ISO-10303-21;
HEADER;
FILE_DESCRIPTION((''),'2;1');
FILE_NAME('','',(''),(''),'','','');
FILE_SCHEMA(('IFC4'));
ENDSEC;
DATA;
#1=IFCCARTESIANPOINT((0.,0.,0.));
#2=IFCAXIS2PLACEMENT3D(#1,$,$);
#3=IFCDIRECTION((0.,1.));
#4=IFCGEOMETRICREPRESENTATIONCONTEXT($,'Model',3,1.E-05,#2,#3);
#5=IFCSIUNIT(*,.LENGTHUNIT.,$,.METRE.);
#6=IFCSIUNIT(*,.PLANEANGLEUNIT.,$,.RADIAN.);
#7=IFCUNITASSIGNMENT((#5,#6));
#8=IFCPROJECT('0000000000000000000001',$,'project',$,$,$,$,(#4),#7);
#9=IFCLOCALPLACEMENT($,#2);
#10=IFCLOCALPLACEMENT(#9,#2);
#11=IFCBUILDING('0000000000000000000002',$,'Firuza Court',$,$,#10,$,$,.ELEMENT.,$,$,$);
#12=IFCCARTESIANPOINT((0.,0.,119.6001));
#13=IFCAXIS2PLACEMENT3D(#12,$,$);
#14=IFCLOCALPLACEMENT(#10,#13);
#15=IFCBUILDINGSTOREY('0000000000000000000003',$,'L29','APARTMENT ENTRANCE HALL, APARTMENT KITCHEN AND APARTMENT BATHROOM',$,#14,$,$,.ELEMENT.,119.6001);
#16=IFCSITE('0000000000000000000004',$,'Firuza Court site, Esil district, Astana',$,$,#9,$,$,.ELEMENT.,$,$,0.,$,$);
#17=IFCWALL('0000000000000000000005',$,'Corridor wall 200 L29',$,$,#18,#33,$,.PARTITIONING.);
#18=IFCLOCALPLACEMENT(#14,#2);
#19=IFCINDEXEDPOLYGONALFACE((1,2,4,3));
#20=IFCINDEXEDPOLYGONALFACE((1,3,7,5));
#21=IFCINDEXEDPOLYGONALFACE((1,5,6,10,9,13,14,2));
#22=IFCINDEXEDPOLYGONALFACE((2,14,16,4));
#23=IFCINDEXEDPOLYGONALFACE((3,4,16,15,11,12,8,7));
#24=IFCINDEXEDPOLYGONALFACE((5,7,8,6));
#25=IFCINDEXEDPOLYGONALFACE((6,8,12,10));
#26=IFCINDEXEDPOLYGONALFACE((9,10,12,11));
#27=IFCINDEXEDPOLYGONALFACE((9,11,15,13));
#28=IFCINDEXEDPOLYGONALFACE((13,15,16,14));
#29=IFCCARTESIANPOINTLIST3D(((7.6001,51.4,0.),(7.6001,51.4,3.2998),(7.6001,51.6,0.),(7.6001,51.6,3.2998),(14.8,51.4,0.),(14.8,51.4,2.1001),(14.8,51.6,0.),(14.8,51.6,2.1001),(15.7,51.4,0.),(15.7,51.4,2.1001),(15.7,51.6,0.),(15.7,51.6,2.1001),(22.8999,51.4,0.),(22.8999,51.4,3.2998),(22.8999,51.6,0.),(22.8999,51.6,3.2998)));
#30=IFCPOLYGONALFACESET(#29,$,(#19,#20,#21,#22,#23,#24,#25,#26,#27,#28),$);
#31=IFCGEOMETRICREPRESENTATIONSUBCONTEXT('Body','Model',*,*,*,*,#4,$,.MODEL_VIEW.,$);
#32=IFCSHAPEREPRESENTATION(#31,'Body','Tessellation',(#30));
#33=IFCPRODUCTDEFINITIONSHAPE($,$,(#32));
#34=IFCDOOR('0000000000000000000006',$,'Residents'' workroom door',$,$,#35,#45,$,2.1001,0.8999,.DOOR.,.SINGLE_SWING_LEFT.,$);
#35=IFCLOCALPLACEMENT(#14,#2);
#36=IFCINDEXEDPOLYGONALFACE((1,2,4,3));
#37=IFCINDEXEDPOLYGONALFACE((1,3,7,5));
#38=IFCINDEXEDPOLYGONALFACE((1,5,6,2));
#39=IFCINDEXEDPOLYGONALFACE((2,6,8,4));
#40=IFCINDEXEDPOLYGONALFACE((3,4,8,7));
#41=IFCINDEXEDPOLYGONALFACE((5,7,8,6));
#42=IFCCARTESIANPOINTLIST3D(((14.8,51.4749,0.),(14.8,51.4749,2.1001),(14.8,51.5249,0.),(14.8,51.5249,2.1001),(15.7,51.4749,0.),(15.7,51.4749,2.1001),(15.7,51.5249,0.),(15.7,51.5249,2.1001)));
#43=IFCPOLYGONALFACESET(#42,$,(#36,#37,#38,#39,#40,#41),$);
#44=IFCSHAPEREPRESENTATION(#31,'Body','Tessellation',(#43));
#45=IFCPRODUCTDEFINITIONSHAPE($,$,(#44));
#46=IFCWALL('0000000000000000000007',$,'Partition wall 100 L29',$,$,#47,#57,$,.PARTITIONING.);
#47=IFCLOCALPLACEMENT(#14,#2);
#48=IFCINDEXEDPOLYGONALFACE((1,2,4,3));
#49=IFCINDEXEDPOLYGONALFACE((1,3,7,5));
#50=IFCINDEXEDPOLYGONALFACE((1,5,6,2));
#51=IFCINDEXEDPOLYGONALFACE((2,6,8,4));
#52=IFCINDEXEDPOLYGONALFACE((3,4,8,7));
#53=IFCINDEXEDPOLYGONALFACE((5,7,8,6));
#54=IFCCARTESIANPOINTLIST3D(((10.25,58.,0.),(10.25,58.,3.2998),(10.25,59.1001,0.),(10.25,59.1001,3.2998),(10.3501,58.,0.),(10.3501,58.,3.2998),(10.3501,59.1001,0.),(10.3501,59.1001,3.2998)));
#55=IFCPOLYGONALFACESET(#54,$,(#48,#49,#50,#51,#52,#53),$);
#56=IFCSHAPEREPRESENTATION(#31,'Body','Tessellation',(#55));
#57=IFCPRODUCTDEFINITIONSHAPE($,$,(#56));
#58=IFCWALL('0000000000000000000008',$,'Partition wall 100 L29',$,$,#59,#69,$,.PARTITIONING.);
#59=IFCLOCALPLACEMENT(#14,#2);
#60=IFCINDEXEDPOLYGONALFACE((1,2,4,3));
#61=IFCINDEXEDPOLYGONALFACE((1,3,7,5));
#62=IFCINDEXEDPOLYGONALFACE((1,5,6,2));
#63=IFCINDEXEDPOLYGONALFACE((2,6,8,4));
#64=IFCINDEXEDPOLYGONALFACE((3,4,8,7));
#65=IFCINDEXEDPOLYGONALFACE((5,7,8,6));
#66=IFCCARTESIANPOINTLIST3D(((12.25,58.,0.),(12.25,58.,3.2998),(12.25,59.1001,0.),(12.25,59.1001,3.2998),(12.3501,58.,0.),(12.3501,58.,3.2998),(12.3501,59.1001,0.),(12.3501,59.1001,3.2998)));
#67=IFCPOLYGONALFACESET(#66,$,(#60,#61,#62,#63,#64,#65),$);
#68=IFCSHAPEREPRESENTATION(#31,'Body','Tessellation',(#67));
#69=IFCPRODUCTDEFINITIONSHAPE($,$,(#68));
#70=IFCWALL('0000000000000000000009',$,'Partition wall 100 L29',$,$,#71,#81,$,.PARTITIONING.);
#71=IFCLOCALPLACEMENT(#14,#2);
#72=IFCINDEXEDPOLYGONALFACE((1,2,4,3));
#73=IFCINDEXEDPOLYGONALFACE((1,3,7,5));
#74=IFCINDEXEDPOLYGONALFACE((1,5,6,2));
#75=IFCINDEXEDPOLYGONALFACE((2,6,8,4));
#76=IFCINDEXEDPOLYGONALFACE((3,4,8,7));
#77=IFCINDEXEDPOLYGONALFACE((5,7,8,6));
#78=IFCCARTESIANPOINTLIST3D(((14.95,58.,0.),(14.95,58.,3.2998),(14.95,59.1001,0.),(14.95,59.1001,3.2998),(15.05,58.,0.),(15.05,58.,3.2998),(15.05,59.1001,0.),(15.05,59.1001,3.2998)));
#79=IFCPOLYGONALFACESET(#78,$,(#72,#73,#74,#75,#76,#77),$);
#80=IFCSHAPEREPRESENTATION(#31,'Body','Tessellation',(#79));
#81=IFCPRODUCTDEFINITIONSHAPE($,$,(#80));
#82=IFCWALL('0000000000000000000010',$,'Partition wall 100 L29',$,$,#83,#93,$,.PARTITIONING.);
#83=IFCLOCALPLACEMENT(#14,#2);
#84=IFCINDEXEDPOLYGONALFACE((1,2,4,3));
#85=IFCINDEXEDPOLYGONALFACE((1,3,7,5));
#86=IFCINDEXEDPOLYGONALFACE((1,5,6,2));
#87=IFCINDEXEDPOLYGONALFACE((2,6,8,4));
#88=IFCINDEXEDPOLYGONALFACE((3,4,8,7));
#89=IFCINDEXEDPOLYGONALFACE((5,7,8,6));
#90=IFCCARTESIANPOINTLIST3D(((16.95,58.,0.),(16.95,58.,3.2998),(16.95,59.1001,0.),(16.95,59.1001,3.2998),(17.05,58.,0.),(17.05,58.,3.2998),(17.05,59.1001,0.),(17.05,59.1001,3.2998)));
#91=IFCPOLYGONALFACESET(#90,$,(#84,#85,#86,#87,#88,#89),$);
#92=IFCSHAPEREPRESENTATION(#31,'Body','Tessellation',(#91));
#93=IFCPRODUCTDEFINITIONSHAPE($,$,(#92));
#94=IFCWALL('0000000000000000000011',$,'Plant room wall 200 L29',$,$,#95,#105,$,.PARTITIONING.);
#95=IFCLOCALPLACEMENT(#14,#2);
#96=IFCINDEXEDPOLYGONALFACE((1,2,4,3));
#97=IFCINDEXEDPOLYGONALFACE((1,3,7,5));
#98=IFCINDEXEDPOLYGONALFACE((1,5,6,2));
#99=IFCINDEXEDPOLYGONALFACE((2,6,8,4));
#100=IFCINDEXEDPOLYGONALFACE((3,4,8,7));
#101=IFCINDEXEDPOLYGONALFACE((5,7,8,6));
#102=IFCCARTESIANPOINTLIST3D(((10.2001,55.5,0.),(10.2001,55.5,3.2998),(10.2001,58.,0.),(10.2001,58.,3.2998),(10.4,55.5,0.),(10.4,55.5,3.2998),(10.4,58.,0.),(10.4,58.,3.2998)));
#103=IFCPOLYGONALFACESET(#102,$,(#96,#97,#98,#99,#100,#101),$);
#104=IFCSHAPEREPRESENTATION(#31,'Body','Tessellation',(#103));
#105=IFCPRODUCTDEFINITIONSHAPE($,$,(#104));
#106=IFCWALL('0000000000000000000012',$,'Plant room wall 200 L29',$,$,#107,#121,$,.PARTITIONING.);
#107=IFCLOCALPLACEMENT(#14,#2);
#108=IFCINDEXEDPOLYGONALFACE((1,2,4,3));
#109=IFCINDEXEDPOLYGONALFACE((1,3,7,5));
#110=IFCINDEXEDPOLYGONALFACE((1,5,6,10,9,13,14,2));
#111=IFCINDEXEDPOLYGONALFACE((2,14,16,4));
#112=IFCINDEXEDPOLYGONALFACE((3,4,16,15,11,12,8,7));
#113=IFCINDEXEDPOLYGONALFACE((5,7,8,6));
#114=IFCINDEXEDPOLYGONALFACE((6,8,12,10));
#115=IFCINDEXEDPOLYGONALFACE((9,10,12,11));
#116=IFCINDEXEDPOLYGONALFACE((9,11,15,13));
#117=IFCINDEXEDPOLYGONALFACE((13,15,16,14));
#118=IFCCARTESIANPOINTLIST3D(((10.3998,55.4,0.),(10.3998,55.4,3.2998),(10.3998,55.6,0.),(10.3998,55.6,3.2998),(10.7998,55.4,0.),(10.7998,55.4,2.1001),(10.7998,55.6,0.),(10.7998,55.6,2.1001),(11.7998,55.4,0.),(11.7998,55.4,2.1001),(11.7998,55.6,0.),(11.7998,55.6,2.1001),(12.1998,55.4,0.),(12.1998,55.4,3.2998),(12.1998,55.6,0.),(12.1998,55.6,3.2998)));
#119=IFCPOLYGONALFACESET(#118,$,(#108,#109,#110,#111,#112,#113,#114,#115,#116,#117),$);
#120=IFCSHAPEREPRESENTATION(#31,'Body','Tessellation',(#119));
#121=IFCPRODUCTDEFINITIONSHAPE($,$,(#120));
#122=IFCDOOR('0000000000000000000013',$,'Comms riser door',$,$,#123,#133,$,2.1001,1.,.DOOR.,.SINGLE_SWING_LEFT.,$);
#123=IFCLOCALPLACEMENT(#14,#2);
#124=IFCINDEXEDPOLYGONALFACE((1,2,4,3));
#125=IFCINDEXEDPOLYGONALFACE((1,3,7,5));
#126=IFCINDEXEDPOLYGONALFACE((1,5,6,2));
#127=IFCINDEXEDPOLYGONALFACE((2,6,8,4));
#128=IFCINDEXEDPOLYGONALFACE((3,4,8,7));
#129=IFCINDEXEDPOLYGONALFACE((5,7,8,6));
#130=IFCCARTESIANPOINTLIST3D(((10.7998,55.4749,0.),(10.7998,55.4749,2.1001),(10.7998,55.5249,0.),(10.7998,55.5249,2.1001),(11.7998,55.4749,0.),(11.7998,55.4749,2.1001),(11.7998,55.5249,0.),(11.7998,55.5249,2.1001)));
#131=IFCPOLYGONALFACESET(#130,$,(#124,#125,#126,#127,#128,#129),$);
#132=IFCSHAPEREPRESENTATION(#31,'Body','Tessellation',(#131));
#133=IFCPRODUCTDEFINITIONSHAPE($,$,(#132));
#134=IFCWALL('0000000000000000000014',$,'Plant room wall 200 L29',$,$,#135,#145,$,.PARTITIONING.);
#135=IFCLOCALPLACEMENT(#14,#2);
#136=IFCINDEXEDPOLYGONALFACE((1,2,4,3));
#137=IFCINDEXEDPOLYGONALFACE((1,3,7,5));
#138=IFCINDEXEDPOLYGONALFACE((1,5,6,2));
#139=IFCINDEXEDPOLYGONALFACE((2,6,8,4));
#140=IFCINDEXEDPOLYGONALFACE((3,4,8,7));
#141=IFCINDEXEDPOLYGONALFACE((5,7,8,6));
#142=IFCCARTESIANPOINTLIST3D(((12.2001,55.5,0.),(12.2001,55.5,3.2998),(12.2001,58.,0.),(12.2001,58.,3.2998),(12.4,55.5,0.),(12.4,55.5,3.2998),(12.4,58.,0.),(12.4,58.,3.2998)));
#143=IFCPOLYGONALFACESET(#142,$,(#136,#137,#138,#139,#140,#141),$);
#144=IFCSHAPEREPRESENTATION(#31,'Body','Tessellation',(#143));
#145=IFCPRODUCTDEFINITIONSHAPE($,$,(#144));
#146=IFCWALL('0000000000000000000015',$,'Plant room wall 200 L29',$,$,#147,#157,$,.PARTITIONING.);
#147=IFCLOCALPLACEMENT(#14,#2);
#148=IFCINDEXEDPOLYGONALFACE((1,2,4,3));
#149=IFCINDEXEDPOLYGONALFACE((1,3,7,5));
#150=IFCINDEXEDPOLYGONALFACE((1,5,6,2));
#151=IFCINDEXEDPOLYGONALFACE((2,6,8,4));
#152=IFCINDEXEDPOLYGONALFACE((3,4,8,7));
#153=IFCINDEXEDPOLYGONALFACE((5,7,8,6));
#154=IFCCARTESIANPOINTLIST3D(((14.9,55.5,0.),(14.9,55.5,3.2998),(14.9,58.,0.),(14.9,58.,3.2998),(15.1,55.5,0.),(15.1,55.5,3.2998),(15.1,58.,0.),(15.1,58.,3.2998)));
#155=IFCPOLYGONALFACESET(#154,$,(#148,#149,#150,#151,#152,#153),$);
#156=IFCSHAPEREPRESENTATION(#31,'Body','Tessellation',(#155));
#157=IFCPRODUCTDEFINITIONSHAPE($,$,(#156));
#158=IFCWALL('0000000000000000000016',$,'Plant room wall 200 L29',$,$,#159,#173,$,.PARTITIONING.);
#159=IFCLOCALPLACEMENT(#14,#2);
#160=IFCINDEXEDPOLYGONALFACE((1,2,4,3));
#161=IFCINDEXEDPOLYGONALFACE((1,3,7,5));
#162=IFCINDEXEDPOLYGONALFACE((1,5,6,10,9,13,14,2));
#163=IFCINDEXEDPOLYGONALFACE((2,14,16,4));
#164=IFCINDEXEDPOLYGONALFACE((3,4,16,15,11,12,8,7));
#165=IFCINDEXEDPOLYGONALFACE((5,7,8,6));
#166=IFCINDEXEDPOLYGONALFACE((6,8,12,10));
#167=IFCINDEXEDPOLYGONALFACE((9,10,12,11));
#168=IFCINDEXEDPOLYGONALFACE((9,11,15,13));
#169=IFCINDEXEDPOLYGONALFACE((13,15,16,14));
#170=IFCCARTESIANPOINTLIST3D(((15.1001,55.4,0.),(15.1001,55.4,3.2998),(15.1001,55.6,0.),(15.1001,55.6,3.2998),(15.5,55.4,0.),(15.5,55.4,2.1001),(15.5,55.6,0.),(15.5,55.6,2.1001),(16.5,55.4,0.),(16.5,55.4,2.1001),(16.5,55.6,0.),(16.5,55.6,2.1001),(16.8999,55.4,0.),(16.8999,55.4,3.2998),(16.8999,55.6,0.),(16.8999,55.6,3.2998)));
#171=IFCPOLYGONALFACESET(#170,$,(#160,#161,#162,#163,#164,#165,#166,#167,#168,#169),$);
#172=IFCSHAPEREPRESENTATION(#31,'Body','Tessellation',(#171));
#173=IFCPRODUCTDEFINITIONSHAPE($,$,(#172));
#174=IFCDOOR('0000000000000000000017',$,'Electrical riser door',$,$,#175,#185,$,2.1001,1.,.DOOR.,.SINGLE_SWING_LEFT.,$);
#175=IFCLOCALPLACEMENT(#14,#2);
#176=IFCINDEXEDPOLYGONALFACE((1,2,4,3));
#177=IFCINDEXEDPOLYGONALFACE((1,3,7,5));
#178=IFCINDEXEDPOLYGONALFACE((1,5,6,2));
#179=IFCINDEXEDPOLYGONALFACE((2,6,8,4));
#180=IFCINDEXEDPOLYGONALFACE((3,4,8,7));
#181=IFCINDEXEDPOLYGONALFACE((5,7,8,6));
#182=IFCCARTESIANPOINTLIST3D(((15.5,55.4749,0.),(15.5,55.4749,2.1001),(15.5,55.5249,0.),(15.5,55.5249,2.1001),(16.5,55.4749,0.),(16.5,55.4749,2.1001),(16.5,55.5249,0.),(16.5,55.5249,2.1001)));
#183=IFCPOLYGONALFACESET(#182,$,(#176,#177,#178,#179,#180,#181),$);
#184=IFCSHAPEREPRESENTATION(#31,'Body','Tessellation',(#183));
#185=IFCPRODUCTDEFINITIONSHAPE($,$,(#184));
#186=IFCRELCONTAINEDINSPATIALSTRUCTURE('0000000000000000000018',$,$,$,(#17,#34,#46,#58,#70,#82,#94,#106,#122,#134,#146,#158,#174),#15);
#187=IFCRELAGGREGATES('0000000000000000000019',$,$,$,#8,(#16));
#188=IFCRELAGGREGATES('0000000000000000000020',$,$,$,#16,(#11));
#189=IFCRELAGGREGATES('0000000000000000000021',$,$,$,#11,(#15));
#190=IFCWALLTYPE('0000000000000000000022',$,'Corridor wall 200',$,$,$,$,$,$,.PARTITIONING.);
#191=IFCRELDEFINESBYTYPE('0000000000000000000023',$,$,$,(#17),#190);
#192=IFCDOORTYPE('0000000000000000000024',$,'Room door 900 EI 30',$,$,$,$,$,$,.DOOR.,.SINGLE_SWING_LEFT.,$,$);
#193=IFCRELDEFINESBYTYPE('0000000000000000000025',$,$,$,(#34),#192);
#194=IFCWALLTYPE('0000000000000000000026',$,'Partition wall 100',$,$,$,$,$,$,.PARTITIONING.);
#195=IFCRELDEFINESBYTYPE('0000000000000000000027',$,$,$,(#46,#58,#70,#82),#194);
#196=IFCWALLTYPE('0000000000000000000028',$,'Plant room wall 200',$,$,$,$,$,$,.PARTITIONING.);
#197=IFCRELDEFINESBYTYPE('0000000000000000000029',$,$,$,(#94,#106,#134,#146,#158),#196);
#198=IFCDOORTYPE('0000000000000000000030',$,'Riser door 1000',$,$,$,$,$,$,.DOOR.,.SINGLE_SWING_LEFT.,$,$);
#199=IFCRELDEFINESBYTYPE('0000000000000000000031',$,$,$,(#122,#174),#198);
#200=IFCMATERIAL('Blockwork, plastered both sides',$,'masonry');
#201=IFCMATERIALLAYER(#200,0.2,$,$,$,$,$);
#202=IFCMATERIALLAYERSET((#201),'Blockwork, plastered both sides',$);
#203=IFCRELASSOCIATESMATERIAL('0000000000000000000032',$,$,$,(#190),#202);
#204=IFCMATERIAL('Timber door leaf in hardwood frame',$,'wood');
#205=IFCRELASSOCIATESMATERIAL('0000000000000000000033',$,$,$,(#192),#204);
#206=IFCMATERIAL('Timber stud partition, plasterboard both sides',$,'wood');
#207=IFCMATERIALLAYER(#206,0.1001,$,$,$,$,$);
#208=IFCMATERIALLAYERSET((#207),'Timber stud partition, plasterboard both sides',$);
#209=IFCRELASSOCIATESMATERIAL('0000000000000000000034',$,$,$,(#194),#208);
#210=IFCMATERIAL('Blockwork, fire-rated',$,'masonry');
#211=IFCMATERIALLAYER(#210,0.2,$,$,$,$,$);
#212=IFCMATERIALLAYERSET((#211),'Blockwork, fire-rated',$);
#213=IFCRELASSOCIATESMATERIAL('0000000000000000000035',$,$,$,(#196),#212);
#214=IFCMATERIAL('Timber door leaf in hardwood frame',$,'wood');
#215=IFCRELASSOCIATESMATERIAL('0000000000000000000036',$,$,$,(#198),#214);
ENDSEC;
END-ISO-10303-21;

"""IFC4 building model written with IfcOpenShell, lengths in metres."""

from ifc_helpers import new_model, si_unit, direction, frame, frame_2d, origin, place, context, subcontext, project, spatial, rectangle, extrude, material, layer, layer_set, type_object, element, fill, save


model = new_model("IFC4")

# Units and contexts
model_context = context("Model", 3, precision=1e-05, world=origin(), true_north=direction((0.0, 1.0)))
body_context = subcontext(model_context, "Body", "Model", "MODEL_VIEW")
ifc_project = project(units=[si_unit("LENGTHUNIT", "METRE"), si_unit("PLANEANGLEUNIT", "RADIAN")], contexts=[model_context])

# Site, building, storey
site_placement = place(None, origin())
site = spatial("IfcSite", under=ifc_project, at=site_placement, Name="Firuza Court site, Esil district, Astana", CompositionType="ELEMENT", RefElevation=0.0)
building_placement = place(site_placement, origin())
building = spatial("IfcBuilding", under=site, at=building_placement, Name="Firuza Court", CompositionType="ELEMENT")
storey_placement = place(building_placement, frame((0.0, 0.0, 119.6001)))
storey = spatial("IfcBuildingStorey", under=building, at=storey_placement, Name="L29", Description="APARTMENT ENTRANCE HALL, APARTMENT KITCHEN AND APARTMENT BATHROOM", CompositionType="ELEMENT", Elevation=119.6001)

# Shared definitions
ifc_material_1 = material(Name="Blockwork, plastered both sides", Category="masonry")
ifc_layer_1 = layer(ifc_material_1, 0.2)
ifc_layer_set_1 = layer_set([ifc_layer_1], Name="Blockwork, plastered both sides")
wall_type_1 = type_object("IfcWallType", Name="Corridor wall 200", PredefinedType="PARTITIONING", material=ifc_layer_set_1)
ifc_material_2 = material(Name="Timber door leaf in hardwood frame", Category="wood")
door_type_1 = type_object("IfcDoorType", Name="Room door 900 EI 30", OperationType="SINGLE_SWING_LEFT", PredefinedType="DOOR", material=ifc_material_2)

# Wall, opening, door
wall_1_placement = place(storey_placement, frame((7.6001, 51.5, 0.0), z_axis=(0.0, 0.0, 1.0), x_axis=(1.0, 0.0, 0.0)))
wall_1 = element("IfcWall", 1, at=wall_1_placement, inside=storey, type_object=wall_type_1, Name="Corridor wall 200 L29", PredefinedType="PARTITIONING", context=body_context, shape_type="SweptSolid", body=[
    extrude(rectangle(XDim=15.2998, YDim=0.2, at=frame_2d((7.6499, 0.0))), origin(), (0.0, 0.0, 1.0), 3.2998),
])
opening_1_placement = place(wall_1_placement, frame((7.2, 0.0, 0.0)))
opening_1 = element("IfcOpeningElement", 2, at=opening_1_placement, cuts=wall_1, PredefinedType="OPENING", context=body_context, shape_type="SweptSolid", body=[
    extrude(rectangle(XDim=0.8999, YDim=2.1001, at=frame_2d((0.45, 1.05))), frame((0.0, 0.1118, 0.0), z_axis=(0.0, -1.0, 0.0), x_axis=(1.0, 0.0, 0.0)), (0.0, 0.0, 1.0), 0.2239),
])
door_1_placement = place(opening_1_placement, origin())
door_1 = element("IfcDoor", 3, at=door_1_placement, inside=storey, type_object=door_type_1, Name="Residents' workroom door", OperationType="SINGLE_SWING_LEFT", OverallHeight=2.1001, OverallWidth=0.8999, PredefinedType="DOOR", context=body_context, shape_type="SweptSolid", body=[
    extrude(rectangle(XDim=0.8999, YDim=2.1001, at=frame_2d((0.45, 1.05))), frame((0.0, 0.0249, 0.0), z_axis=(0.0, -1.0, 0.0), x_axis=(1.0, 0.0, 0.0)), (0.0, 0.0, 1.0), 0.05),
])
fill(opening_1, door_1)

# Walls
ifc_material_3 = material(Name="Timber stud partition, plasterboard both sides", Category="wood")
ifc_layer_2 = layer(ifc_material_3, 0.1001)
ifc_layer_set_2 = layer_set([ifc_layer_2], Name="Timber stud partition, plasterboard both sides")
wall_type_2 = type_object("IfcWallType", Name="Partition wall 100", PredefinedType="PARTITIONING", material=ifc_layer_set_2)
for number, where, z_axis, x_axis, name in (
    (4, (10.3, 58.0, 0.0), (0.0, 0.0, 1.0), (0.0, 1.0, 0.0), "Partition wall 100 L29"),
    (5, (12.3, 58.0, 0.0), (0.0, 0.0, 1.0), (0.0, 1.0, 0.0), "Partition wall 100 L29"),
    (6, (15.0, 58.0, 0.0), (0.0, 0.0, 1.0), (0.0, 1.0, 0.0), "Partition wall 100 L29"),
    (7, (17.0, 58.0, 0.0), (0.0, 0.0, 1.0), (0.0, 1.0, 0.0), "Partition wall 100 L29"),
):
    element("IfcWall", number, at=place(storey_placement, frame(where, z_axis=z_axis, x_axis=x_axis)), inside=storey, type_object=wall_type_2, Name=name, PredefinedType="PARTITIONING", context=body_context, shape_type="SweptSolid", body=[
        extrude(rectangle(XDim=1.1001, YDim=0.1001, at=frame_2d((0.55, 0.0))), origin(), (0.0, 0.0, 1.0), 3.2998),
    ])
ifc_material_4 = material(Name="Blockwork, fire-rated", Category="masonry")
ifc_layer_3 = layer(ifc_material_4, 0.2)
ifc_layer_set_3 = layer_set([ifc_layer_3], Name="Blockwork, fire-rated")
wall_type_3 = type_object("IfcWallType", Name="Plant room wall 200", PredefinedType="PARTITIONING", material=ifc_layer_set_3)
wall_2_placement = place(storey_placement, frame((10.3, 55.5, 0.0), z_axis=(0.0, 0.0, 1.0), x_axis=(0.0, 1.0, 0.0)))
element("IfcWall", 8, at=wall_2_placement, inside=storey, type_object=wall_type_3, Name="Plant room wall 200 L29", PredefinedType="PARTITIONING", context=body_context, shape_type="SweptSolid", body=[
    extrude(rectangle(XDim=2.5, YDim=0.2, at=frame_2d((1.25, 0.0))), origin(), (0.0, 0.0, 1.0), 3.2998),
])

# Wall, opening, door
wall_3_placement = place(storey_placement, frame((10.3999, 55.5, 0.0), z_axis=(0.0, 0.0, 1.0), x_axis=(1.0, 0.0, 0.0)))
wall_3 = element("IfcWall", 9, at=wall_3_placement, inside=storey, type_object=wall_type_3, Name="Plant room wall 200 L29", PredefinedType="PARTITIONING", context=body_context, shape_type="SweptSolid", body=[
    extrude(rectangle(XDim=1.8, YDim=0.2, at=frame_2d((0.8999, 0.0))), origin(), (0.0, 0.0, 1.0), 3.2998),
])
opening_2_placement = place(wall_3_placement, frame((0.3999, 0.0, 0.0)))
opening_2 = element("IfcOpeningElement", 10, at=opening_2_placement, cuts=wall_3, PredefinedType="OPENING", context=body_context, shape_type="SweptSolid", body=[
    extrude(rectangle(XDim=1.0, YDim=2.1001, at=frame_2d((0.5, 1.05))), frame((0.0, 0.1118, 0.0), z_axis=(0.0, -1.0, 0.0), x_axis=(1.0, 0.0, 0.0)), (0.0, 0.0, 1.0), 0.2239),
])
ifc_material_5 = material(Name="Timber door leaf in hardwood frame", Category="wood")
door_type_2 = type_object("IfcDoorType", Name="Riser door 1000", OperationType="SINGLE_SWING_LEFT", PredefinedType="DOOR", material=ifc_material_5)
door_2_placement = place(opening_2_placement, origin())
door_2 = element("IfcDoor", 11, at=door_2_placement, inside=storey, type_object=door_type_2, Name="Comms riser door", OperationType="SINGLE_SWING_LEFT", OverallHeight=2.1001, OverallWidth=1.0, PredefinedType="DOOR", context=body_context, shape_type="SweptSolid", body=[
    extrude(rectangle(XDim=1.0, YDim=2.1001, at=frame_2d((0.5, 1.05))), frame((0.0, 0.0249, 0.0), z_axis=(0.0, -1.0, 0.0), x_axis=(1.0, 0.0, 0.0)), (0.0, 0.0, 1.0), 0.05),
])
fill(opening_2, door_2)

# Walls
for number, where, z_axis, x_axis, name in (
    (12, (12.3, 55.5, 0.0), (0.0, 0.0, 1.0), (0.0, 1.0, 0.0), "Plant room wall 200 L29"),
    (13, (15.0, 55.5, 0.0), (0.0, 0.0, 1.0), (0.0, 1.0, 0.0), "Plant room wall 200 L29"),
):
    element("IfcWall", number, at=place(storey_placement, frame(where, z_axis=z_axis, x_axis=x_axis)), inside=storey, type_object=wall_type_3, Name=name, PredefinedType="PARTITIONING", context=body_context, shape_type="SweptSolid", body=[
        extrude(rectangle(XDim=2.5, YDim=0.2, at=frame_2d((1.25, 0.0))), origin(), (0.0, 0.0, 1.0), 3.2998),
    ])

# Wall, opening, door
wall_4_placement = place(storey_placement, frame((15.1001, 55.5, 0.0), z_axis=(0.0, 0.0, 1.0), x_axis=(1.0, 0.0, 0.0)))
wall_4 = element("IfcWall", 14, at=wall_4_placement, inside=storey, type_object=wall_type_3, Name="Plant room wall 200 L29", PredefinedType="PARTITIONING", context=body_context, shape_type="SweptSolid", body=[
    extrude(rectangle(XDim=1.7998, YDim=0.2, at=frame_2d((0.8999, 0.0))), origin(), (0.0, 0.0, 1.0), 3.2998),
])
opening_3_placement = place(wall_4_placement, frame((0.3999, 0.0, 0.0)))
opening_3 = element("IfcOpeningElement", 15, at=opening_3_placement, cuts=wall_4, PredefinedType="OPENING", context=body_context, shape_type="SweptSolid", body=[
    extrude(rectangle(XDim=1.0, YDim=2.1001, at=frame_2d((0.5, 1.05))), frame((0.0, 0.1118, 0.0), z_axis=(0.0, -1.0, 0.0), x_axis=(1.0, 0.0, 0.0)), (0.0, 0.0, 1.0), 0.2239),
])
door_3_placement = place(opening_3_placement, origin())
door_3 = element("IfcDoor", 16, at=door_3_placement, inside=storey, type_object=door_type_2, Name="Electrical riser door", OperationType="SINGLE_SWING_LEFT", OverallHeight=2.1001, OverallWidth=1.0, PredefinedType="DOOR", context=body_context, shape_type="SweptSolid", body=[
    extrude(rectangle(XDim=1.0, YDim=2.1001, at=frame_2d((0.5, 1.05))), frame((0.0, 0.0249, 0.0), z_axis=(0.0, -1.0, 0.0), x_axis=(1.0, 0.0, 0.0)), (0.0, 0.0, 1.0), 0.05),
])
fill(opening_3, door_3)

save(model, "model.ifc")
